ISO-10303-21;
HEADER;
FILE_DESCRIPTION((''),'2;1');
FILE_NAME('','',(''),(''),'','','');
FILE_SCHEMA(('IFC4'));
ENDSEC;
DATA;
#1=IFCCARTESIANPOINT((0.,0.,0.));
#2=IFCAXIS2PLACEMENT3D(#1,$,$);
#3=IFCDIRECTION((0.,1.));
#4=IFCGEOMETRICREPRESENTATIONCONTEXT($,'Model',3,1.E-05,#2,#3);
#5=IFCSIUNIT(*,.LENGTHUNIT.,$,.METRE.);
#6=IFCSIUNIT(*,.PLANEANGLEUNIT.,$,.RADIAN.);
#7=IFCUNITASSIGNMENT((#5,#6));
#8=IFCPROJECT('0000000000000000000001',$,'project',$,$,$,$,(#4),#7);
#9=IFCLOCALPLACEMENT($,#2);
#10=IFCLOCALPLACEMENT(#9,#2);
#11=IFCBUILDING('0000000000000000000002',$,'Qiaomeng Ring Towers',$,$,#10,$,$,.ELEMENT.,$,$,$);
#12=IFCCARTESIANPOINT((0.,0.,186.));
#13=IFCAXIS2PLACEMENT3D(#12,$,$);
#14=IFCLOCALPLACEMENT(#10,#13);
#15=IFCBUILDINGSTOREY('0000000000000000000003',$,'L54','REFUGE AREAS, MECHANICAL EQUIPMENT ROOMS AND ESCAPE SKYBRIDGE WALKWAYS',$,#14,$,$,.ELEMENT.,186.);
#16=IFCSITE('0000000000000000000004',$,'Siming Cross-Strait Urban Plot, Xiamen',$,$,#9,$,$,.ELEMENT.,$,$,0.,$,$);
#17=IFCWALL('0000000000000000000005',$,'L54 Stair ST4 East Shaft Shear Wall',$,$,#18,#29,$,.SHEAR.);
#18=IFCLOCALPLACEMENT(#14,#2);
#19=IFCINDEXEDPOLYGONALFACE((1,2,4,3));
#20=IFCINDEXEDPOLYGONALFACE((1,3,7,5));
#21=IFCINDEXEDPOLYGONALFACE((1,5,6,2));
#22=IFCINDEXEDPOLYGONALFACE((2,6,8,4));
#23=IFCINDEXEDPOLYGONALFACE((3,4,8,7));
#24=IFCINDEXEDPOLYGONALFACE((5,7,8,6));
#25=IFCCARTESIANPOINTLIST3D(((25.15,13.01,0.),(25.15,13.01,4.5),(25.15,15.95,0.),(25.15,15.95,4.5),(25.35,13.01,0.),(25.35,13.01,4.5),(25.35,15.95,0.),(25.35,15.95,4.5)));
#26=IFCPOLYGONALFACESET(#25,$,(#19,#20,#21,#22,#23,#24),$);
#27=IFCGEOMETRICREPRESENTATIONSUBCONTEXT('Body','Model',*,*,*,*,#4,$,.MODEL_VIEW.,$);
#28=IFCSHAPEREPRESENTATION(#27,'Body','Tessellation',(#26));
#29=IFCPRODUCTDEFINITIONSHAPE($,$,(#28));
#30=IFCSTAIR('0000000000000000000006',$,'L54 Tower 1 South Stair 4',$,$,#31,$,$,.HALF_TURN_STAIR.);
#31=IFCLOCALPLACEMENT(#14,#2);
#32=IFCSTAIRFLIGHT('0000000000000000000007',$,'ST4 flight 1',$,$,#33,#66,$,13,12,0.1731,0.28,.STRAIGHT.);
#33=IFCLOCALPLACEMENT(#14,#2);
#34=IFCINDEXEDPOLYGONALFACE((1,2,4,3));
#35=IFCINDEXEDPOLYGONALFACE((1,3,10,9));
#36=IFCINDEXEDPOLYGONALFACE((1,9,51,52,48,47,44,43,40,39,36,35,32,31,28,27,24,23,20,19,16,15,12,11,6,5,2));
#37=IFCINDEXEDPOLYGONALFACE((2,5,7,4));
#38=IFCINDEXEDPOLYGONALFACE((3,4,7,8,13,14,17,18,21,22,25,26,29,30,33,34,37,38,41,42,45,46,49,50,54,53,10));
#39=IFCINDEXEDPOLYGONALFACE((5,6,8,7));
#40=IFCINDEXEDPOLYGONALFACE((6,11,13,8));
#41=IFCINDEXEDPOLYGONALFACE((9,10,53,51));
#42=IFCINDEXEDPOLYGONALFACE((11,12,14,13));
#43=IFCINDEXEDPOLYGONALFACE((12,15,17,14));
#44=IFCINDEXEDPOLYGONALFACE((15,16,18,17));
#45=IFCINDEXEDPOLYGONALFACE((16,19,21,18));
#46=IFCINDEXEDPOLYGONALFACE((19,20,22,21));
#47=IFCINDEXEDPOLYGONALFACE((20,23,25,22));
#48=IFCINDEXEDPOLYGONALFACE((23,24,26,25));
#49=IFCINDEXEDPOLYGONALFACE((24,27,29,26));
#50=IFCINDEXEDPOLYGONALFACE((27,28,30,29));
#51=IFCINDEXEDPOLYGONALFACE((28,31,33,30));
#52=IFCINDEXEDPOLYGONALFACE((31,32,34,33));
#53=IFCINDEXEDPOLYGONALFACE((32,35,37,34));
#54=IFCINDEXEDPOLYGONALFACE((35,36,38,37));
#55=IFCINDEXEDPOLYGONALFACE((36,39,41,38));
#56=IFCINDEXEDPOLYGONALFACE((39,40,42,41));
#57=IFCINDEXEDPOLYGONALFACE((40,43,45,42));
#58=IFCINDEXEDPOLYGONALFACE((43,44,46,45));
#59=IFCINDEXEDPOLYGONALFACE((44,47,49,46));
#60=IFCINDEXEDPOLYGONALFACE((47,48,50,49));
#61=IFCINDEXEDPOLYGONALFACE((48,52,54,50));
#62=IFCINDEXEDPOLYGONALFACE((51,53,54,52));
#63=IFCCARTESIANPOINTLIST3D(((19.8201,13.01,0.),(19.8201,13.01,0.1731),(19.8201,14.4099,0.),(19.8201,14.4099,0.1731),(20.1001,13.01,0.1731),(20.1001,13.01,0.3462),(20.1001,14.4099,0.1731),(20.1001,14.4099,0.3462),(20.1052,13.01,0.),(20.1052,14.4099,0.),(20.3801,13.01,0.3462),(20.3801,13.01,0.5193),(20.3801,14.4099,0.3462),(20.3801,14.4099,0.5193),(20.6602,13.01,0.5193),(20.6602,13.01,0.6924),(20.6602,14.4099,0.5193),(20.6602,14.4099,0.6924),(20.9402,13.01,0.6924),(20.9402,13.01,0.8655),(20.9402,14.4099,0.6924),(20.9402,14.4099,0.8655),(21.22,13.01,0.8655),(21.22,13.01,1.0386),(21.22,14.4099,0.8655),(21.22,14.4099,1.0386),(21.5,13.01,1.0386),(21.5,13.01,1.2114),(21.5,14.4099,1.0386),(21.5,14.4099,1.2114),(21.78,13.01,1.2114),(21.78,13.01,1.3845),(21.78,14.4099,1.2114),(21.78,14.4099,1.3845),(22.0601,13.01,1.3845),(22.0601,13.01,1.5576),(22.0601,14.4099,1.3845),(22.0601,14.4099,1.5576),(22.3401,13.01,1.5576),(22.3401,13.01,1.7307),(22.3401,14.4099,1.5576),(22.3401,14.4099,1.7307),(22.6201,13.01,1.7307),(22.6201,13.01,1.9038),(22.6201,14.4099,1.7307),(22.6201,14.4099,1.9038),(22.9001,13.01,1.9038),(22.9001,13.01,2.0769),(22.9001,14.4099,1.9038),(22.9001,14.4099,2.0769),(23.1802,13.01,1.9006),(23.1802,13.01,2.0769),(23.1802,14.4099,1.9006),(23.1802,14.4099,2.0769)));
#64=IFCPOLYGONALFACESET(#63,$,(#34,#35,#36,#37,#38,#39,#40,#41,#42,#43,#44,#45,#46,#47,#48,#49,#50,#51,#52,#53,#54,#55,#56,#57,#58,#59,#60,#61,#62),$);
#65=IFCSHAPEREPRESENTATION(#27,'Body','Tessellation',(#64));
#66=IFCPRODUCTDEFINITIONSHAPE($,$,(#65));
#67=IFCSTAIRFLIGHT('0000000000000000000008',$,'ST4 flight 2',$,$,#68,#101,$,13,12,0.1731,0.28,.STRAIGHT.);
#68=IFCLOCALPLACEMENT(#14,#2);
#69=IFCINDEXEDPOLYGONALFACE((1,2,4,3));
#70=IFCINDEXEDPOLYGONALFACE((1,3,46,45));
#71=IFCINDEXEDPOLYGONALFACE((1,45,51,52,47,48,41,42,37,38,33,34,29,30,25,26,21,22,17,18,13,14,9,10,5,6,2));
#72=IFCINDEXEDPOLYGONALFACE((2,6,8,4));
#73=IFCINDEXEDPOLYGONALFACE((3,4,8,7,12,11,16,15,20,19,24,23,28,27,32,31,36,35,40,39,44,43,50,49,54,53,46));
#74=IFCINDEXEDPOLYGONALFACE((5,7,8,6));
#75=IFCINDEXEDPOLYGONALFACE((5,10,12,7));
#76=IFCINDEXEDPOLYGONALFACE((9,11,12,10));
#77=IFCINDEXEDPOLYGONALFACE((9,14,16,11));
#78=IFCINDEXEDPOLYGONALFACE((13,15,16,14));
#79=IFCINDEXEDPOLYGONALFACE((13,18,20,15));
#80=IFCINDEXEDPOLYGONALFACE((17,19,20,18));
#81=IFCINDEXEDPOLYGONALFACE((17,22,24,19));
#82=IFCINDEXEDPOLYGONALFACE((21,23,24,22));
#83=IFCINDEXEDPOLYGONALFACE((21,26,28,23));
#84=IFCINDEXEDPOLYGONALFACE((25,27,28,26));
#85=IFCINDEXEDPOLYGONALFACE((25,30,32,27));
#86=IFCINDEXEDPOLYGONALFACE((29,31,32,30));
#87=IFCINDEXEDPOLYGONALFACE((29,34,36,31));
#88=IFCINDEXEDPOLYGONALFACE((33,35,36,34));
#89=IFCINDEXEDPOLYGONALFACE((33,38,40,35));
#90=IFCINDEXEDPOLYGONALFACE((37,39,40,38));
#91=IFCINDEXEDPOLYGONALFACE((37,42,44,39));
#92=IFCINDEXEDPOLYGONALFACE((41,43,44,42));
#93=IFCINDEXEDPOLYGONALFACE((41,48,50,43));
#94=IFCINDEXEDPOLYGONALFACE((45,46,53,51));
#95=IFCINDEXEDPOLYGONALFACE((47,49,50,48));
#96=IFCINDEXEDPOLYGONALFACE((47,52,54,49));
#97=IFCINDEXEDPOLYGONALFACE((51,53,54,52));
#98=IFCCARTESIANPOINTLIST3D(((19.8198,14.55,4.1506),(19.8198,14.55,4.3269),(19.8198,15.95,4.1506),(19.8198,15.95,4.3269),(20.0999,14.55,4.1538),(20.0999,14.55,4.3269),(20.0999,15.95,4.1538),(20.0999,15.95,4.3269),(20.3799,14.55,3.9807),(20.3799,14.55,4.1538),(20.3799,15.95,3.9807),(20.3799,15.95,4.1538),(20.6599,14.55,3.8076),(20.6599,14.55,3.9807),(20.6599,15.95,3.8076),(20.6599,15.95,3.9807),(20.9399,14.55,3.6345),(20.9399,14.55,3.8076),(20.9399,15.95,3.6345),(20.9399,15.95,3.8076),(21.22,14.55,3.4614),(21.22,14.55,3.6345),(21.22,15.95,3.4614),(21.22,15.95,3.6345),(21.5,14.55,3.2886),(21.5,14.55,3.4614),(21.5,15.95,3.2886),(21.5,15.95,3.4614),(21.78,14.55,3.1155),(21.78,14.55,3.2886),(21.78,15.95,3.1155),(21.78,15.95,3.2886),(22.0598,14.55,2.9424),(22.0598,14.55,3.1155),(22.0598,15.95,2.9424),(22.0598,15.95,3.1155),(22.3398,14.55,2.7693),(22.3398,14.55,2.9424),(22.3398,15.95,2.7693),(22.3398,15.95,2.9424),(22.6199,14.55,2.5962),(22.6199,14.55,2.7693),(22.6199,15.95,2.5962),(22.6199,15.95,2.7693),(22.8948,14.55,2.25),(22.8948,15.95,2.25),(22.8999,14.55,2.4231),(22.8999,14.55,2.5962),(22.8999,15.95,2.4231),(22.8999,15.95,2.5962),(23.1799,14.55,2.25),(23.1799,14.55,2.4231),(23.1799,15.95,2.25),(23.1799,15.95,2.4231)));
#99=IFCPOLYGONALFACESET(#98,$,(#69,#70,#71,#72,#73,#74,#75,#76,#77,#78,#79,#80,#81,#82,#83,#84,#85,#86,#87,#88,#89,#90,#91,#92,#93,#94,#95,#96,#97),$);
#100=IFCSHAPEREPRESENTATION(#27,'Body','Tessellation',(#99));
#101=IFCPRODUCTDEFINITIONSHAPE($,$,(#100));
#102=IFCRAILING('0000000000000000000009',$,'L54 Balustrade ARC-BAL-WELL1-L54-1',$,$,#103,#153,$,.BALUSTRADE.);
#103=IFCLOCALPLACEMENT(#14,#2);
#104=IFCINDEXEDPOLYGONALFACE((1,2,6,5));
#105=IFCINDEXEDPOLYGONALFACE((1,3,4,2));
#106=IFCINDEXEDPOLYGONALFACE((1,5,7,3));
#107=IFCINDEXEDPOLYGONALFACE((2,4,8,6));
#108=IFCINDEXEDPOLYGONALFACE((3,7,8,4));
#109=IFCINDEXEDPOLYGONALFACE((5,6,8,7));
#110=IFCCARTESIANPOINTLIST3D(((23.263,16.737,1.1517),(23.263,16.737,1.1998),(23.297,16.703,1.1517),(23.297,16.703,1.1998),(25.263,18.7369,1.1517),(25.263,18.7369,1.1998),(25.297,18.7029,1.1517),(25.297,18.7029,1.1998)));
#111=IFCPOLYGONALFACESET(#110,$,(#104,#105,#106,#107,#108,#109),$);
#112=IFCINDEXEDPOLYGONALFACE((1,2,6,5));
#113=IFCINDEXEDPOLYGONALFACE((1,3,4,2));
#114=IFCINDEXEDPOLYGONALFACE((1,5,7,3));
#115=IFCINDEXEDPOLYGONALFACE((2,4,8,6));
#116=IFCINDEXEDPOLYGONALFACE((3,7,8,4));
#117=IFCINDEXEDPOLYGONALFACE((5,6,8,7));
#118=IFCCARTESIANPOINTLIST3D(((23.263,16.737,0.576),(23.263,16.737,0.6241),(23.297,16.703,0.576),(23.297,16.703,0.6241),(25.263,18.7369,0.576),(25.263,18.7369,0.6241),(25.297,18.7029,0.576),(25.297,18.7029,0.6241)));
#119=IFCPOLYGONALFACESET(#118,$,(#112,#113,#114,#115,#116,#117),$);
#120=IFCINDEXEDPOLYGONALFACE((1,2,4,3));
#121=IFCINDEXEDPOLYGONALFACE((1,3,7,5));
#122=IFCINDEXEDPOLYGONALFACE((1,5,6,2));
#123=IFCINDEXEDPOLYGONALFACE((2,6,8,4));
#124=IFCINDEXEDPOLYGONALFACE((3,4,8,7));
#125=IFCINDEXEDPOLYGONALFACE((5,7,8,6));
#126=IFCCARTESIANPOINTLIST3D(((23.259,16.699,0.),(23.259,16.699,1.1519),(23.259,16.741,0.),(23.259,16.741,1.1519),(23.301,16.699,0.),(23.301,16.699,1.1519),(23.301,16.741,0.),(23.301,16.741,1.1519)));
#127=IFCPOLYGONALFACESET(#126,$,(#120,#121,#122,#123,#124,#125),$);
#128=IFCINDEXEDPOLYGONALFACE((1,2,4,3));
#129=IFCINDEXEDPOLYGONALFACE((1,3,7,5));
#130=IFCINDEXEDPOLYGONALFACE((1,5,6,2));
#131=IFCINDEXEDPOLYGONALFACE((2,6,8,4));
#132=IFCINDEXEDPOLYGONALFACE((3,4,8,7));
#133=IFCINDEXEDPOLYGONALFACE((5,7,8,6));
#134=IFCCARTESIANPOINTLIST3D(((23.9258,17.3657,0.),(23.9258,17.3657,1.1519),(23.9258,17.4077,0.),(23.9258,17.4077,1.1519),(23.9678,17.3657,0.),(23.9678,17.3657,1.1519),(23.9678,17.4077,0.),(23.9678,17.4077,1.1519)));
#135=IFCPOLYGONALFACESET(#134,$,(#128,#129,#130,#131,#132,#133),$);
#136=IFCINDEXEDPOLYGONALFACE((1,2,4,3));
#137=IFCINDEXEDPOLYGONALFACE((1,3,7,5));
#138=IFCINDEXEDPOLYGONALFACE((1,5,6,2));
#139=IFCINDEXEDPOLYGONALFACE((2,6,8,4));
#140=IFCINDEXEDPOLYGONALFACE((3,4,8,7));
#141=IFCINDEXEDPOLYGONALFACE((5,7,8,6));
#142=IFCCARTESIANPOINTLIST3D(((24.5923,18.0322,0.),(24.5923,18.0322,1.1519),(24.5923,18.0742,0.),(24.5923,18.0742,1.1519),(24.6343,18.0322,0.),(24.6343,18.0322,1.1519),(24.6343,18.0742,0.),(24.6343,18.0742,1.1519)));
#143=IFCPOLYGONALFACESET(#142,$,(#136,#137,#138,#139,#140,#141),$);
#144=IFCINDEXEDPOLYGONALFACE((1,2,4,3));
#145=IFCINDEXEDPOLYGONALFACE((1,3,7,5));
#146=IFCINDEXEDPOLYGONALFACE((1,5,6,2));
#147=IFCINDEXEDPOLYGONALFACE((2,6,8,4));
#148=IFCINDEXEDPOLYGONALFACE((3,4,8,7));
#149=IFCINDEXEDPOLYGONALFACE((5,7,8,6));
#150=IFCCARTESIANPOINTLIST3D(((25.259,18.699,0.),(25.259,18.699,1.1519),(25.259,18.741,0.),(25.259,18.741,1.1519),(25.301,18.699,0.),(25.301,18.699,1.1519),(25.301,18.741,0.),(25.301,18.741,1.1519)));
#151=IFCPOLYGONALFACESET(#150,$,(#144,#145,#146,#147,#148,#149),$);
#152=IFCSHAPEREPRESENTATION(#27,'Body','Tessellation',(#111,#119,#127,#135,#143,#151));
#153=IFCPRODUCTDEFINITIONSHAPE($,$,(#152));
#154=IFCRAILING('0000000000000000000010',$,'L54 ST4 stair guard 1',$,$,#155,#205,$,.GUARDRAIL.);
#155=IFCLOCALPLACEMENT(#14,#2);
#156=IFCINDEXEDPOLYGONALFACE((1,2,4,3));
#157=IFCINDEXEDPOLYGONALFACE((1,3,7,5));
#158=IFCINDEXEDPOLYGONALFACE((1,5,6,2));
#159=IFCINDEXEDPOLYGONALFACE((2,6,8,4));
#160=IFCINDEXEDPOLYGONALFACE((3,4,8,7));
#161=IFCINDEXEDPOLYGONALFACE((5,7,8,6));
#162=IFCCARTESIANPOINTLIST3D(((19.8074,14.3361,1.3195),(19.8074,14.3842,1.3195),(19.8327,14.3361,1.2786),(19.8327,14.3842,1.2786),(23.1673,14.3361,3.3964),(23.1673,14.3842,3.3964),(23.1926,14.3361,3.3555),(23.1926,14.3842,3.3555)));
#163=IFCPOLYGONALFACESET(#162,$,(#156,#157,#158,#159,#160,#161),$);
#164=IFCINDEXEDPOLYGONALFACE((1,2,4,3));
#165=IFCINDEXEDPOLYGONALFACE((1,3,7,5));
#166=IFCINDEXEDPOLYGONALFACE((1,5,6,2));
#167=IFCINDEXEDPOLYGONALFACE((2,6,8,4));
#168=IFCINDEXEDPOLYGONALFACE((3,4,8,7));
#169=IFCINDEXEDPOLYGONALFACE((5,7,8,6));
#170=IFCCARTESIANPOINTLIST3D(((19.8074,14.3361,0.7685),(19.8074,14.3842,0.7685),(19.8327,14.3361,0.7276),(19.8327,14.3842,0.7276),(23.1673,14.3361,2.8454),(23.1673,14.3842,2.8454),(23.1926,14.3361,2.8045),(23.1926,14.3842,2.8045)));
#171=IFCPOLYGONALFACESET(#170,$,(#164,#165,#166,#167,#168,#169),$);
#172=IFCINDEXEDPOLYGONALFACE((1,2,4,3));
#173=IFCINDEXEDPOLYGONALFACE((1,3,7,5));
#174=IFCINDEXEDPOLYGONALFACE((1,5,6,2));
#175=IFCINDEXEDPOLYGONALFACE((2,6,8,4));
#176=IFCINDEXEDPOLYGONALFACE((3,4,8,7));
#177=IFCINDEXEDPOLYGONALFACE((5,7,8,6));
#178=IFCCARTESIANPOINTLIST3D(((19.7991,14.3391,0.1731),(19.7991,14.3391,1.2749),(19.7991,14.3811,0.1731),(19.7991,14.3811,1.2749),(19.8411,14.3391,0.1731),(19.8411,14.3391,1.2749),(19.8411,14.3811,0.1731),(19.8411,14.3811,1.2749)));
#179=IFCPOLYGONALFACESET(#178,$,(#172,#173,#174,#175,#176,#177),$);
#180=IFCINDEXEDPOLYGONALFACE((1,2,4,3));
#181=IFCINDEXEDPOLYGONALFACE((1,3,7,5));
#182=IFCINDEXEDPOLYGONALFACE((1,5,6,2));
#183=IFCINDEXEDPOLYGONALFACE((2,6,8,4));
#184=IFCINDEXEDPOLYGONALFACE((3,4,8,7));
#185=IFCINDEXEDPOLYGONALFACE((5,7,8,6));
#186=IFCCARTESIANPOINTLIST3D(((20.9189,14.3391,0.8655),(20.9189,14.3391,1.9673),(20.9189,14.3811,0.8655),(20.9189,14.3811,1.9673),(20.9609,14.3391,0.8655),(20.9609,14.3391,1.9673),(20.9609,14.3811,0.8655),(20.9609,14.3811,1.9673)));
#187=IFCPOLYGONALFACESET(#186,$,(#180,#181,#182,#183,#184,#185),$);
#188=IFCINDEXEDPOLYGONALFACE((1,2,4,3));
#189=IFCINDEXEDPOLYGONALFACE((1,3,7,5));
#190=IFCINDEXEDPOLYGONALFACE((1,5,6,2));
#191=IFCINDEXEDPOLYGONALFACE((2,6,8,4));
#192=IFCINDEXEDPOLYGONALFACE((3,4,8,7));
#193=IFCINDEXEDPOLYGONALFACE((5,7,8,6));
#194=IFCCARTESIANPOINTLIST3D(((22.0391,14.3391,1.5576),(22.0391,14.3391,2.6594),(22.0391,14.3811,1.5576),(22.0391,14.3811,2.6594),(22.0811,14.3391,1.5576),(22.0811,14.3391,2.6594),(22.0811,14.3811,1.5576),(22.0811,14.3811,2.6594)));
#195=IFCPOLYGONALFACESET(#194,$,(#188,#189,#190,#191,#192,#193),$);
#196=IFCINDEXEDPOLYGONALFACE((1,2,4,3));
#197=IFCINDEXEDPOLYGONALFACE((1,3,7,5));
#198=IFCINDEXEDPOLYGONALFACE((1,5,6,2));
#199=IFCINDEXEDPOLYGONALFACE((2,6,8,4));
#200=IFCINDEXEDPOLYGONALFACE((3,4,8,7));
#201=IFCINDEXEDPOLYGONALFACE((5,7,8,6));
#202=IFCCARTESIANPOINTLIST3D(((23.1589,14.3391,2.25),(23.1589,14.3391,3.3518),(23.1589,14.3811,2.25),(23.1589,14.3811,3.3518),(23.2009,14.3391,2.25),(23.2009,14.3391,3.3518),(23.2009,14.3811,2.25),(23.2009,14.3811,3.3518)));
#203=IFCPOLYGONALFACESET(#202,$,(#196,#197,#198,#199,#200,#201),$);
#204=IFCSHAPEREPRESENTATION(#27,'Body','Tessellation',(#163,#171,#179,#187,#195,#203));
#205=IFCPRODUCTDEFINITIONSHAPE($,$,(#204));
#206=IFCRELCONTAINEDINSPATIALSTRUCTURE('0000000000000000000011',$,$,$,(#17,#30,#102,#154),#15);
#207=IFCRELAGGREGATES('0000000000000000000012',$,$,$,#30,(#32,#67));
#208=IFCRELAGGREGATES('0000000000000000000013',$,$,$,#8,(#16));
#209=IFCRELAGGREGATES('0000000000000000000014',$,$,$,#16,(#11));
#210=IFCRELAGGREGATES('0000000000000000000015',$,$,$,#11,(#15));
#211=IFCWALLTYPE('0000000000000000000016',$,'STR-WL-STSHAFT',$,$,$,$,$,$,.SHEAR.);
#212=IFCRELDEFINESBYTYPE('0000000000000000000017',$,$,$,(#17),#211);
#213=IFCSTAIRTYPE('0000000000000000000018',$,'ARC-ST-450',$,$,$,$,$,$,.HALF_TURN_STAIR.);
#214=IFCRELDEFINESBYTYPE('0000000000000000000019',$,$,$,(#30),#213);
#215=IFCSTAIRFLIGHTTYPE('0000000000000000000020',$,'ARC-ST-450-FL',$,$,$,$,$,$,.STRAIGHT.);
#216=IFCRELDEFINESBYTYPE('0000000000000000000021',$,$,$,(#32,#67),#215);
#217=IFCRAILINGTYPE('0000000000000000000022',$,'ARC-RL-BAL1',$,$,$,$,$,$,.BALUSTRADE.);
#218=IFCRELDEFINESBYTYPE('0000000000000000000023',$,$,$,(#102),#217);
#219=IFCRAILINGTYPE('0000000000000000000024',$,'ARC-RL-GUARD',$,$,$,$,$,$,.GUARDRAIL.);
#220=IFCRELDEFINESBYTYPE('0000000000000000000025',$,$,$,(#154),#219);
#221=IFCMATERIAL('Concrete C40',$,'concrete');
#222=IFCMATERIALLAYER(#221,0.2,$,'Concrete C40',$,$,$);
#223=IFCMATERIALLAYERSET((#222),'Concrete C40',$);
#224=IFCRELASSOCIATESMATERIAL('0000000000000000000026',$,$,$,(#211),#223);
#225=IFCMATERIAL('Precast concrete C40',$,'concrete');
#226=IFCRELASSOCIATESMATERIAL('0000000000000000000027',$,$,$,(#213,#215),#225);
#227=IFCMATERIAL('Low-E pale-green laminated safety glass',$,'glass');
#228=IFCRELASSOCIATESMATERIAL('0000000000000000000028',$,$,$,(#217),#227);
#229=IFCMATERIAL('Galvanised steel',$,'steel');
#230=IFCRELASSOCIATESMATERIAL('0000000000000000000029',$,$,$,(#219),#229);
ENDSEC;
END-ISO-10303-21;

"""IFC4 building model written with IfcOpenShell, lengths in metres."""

from ifc_helpers import new_model, si_unit, direction, frame, frame_2d, origin, origin_2d, place, context, subcontext, project, spatial, polyline, rectangle, outline, extrude, source, transform, mapped, material, layer, layer_set, type_object, element, aggregate, save


model = new_model("IFC4")

# Units and contexts
model_context = context("Model", 3, precision=1e-05, world=origin(), true_north=direction((0.0, 1.0)))
body_context = subcontext(model_context, "Body", "Model", "MODEL_VIEW")
ifc_project = project(units=[si_unit("LENGTHUNIT", "METRE"), si_unit("PLANEANGLEUNIT", "RADIAN")], contexts=[model_context])

# Site, building, storey
site_placement = place(None, origin())
site = spatial("IfcSite", under=ifc_project, at=site_placement, Name="Siming Cross-Strait Urban Plot, Xiamen", CompositionType="ELEMENT", RefElevation=0.0)
building_placement = place(site_placement, origin())
building = spatial("IfcBuilding", under=site, at=building_placement, Name="Qiaomeng Ring Towers", CompositionType="ELEMENT")
storey_placement = place(building_placement, frame((0.0, 0.0, 186.0)))
storey = spatial("IfcBuildingStorey", under=building, at=storey_placement, Name="L54", Description="REFUGE AREAS, MECHANICAL EQUIPMENT ROOMS AND ESCAPE SKYBRIDGE WALKWAYS", CompositionType="ELEMENT", Elevation=186.0)

# Shared definitions
ifc_material_1 = material(Name="Concrete C40", Category="concrete")
ifc_layer_1 = layer(ifc_material_1, 0.2, Name="Concrete C40")
ifc_layer_set_1 = layer_set([ifc_layer_1], Name="Concrete C40")
wall_type_1 = type_object("IfcWallType", Name="STR-WL-STSHAFT", PredefinedType="SHEAR", material=ifc_layer_set_1)

# Shared definitions
ifc_material_2 = material(Name="Galvanised steel", Category="steel")

# Wall
for number, where, z_axis, x_axis, name in (
    (1, (25.25, 13.01, 0.0), (0.0, 0.0, 1.0), (0.0, 1.0, 0.0), "L54 Stair ST4 East Shaft Shear Wall"),
):
    element("IfcWall", number, at=place(storey_placement, frame(where, z_axis=z_axis, x_axis=x_axis)), inside=storey, type_object=wall_type_1, Name=name, PredefinedType="SHEAR", context=body_context, shape_type="SweptSolid", body=[
        extrude(rectangle(XDim=2.9399, YDim=0.2, at=frame_2d((1.47, 0.0))), origin(), (0.0, 0.0, 1.0), 4.5),
    ])

# Stair, stair flights
ifc_material_3 = material(Name="Precast concrete C40", Category="concrete")
stair_type = type_object("IfcStairType", Name="ARC-ST-450", PredefinedType="HALF_TURN_STAIR", material=ifc_material_3)
stair_placement = place(storey_placement, origin())
stair = element("IfcStair", 2, at=stair_placement, inside=storey, type_object=stair_type, Name="L54 Tower 1 South Stair 4", PredefinedType="HALF_TURN_STAIR")
stair_flight_type = type_object("IfcStairFlightType", Name="ARC-ST-450-FL", PredefinedType="STRAIGHT", material=ifc_material_3)
shared_shape_1 = source(origin(), body_context, "Body", "SweptSolid", [
    extrude(outline(polyline([(0.0, 0.0), (0.0, 0.1731), (0.28, 0.1731), (0.28, 0.3462), (0.5601, 0.3462), (0.5601, 0.5193), (0.8401, 0.5193), (0.8401, 0.6924), (1.1201, 0.6924), (1.1201, 0.8655), (1.3999, 0.8655), (1.3999, 1.0386), (1.6799, 1.0386), (1.6799, 1.2114), (1.96, 1.2114), (1.96, 1.3845), (2.24, 1.3845), (2.24, 1.5576), (2.52, 1.5576), (2.52, 1.7307), (2.8, 1.7307), (2.8, 1.9038), (3.0801, 1.9038), (3.0801, 2.0769), (3.3601, 2.0769), (3.3601, 2.25), (3.3601, 1.9006), (0.2852, 0.0), (0.0, 0.0)])), frame((0.0, 0.7, 0.0), z_axis=(0.0, -1.0, 0.0), x_axis=(1.0, 0.0, 0.0)), (0.0, 0.0, 1.0), 1.3999),
])
stair_flight_1_placement = place(storey_placement, frame((19.8201, 13.71, 0.0), z_axis=(0.0, 0.0, 1.0), x_axis=(1.0, 0.0, 0.0)))
stair_flight_1 = element("IfcStairFlight", 3, at=stair_flight_1_placement, type_object=stair_flight_type, Name="ST4 flight 1", NumberOfRisers=13, NumberOfTreads=12, PredefinedType="STRAIGHT", RiserHeight=0.1731, TreadLength=0.28, context=body_context, shape_type="MappedRepresentation", body=[
    mapped(shared_shape_1, transform((0.0, 0.0, 0.0), x_axis=(1.0, 0.0, 0.0), y_axis=(0.0, 1.0, 0.0), z_axis=(0.0, 0.0, 1.0), scale=1.0)),
])
stair_flight_2_placement = place(storey_placement, frame((23.1799, 15.25, 2.25), z_axis=(0.0, 0.0, 1.0), x_axis=(-1.0, 0.0, 0.0)))
stair_flight_2 = element("IfcStairFlight", 4, at=stair_flight_2_placement, type_object=stair_flight_type, Name="ST4 flight 2", NumberOfRisers=13, NumberOfTreads=12, PredefinedType="STRAIGHT", RiserHeight=0.1731, TreadLength=0.28, context=body_context, shape_type="MappedRepresentation", body=[
    mapped(shared_shape_1, transform((0.0, 0.0, 0.0), x_axis=(1.0, 0.0, 0.0), y_axis=(0.0, 1.0, 0.0), z_axis=(0.0, 0.0, 1.0), scale=1.0)),
])
aggregate(stair, [stair_flight_1, stair_flight_2])

# Railings
ifc_material_4 = material(Name="Low-E pale-green laminated safety glass", Category="glass")
railing_type_1 = type_object("IfcRailingType", Name="ARC-RL-BAL1", PredefinedType="BALUSTRADE", material=ifc_material_4)
railing_1_placement = place(storey_placement, frame((23.28, 16.72, 0.0)))
element("IfcRailing", 5, at=railing_1_placement, inside=storey, type_object=railing_type_1, Name="L54 Balustrade ARC-BAL-WELL1-L54-1", PredefinedType="BALUSTRADE", context=body_context, shape_type="SweptSolid", body=[
    extrude(rectangle(XDim=0.0481, YDim=0.0481, at=origin_2d()), frame((0.0, 0.0, 1.1758), z_axis=(0.707107, 0.707107, 0.0), x_axis=(-0.707107, 0.707107, 0.0)), (0.0, 0.0, 1.0), 2.8284),
    extrude(rectangle(XDim=0.0481, YDim=0.0481, at=origin_2d()), frame((0.0, 0.0, 0.6001), z_axis=(0.707107, 0.707107, 0.0), x_axis=(-0.707107, 0.707107, 0.0)), (0.0, 0.0, 1.0), 2.8284),
    extrude(rectangle(XDim=0.042, YDim=0.042, at=origin_2d()), origin(), (0.0, 0.0, 1.0), 1.1519),
    extrude(rectangle(XDim=0.042, YDim=0.042, at=origin_2d()), frame((0.6667, 0.6667, 0.0)), (0.0, 0.0, 1.0), 1.1519),
    extrude(rectangle(XDim=0.042, YDim=0.042, at=origin_2d()), frame((1.3333, 1.3333, 0.0)), (0.0, 0.0, 1.0), 1.1519),
    extrude(rectangle(XDim=0.042, YDim=0.042, at=origin_2d()), frame((2.0, 2.0, 0.0)), (0.0, 0.0, 1.0), 1.1519),
])
railing_type_2 = type_object("IfcRailingType", Name="ARC-RL-GUARD", PredefinedType="GUARDRAIL", material=ifc_material_2)
railing_2_placement = place(storey_placement, frame((19.8201, 14.3601, 0.1731)))
element("IfcRailing", 6, at=railing_2_placement, inside=storey, type_object=railing_type_2, Name="L54 ST4 stair guard 1", PredefinedType="GUARDRAIL", context=body_context, shape_type="SweptSolid", body=[
    extrude(rectangle(XDim=0.0481, YDim=0.0481, at=origin_2d()), frame((0.0, 0.0, 1.126), z_axis=(0.850606, 0.0, 0.525803), x_axis=(0.0, 1.0, 0.0)), (0.0, 0.0, 1.0), 3.95),
    extrude(rectangle(XDim=0.0481, YDim=0.0481, at=origin_2d()), frame((0.0, 0.0, 0.575), z_axis=(0.850606, 0.0, 0.525803), x_axis=(0.0, 1.0, 0.0)), (0.0, 0.0, 1.0), 3.95),
    extrude(rectangle(XDim=0.042, YDim=0.042, at=origin_2d()), origin(), (0.0, 0.0, 1.0), 1.1018),
    extrude(rectangle(XDim=0.042, YDim=0.042, at=origin_2d()), frame((1.1199, 0.0, 0.6924)), (0.0, 0.0, 1.0), 1.1018),
    extrude(rectangle(XDim=0.042, YDim=0.042, at=origin_2d()), frame((2.24, 0.0, 1.3845)), (0.0, 0.0, 1.0), 1.1018),
    extrude(rectangle(XDim=0.042, YDim=0.042, at=origin_2d()), frame((3.3599, 0.0, 2.0769)), (0.0, 0.0, 1.0), 1.1018),
])

save(model, "model.ifc")
